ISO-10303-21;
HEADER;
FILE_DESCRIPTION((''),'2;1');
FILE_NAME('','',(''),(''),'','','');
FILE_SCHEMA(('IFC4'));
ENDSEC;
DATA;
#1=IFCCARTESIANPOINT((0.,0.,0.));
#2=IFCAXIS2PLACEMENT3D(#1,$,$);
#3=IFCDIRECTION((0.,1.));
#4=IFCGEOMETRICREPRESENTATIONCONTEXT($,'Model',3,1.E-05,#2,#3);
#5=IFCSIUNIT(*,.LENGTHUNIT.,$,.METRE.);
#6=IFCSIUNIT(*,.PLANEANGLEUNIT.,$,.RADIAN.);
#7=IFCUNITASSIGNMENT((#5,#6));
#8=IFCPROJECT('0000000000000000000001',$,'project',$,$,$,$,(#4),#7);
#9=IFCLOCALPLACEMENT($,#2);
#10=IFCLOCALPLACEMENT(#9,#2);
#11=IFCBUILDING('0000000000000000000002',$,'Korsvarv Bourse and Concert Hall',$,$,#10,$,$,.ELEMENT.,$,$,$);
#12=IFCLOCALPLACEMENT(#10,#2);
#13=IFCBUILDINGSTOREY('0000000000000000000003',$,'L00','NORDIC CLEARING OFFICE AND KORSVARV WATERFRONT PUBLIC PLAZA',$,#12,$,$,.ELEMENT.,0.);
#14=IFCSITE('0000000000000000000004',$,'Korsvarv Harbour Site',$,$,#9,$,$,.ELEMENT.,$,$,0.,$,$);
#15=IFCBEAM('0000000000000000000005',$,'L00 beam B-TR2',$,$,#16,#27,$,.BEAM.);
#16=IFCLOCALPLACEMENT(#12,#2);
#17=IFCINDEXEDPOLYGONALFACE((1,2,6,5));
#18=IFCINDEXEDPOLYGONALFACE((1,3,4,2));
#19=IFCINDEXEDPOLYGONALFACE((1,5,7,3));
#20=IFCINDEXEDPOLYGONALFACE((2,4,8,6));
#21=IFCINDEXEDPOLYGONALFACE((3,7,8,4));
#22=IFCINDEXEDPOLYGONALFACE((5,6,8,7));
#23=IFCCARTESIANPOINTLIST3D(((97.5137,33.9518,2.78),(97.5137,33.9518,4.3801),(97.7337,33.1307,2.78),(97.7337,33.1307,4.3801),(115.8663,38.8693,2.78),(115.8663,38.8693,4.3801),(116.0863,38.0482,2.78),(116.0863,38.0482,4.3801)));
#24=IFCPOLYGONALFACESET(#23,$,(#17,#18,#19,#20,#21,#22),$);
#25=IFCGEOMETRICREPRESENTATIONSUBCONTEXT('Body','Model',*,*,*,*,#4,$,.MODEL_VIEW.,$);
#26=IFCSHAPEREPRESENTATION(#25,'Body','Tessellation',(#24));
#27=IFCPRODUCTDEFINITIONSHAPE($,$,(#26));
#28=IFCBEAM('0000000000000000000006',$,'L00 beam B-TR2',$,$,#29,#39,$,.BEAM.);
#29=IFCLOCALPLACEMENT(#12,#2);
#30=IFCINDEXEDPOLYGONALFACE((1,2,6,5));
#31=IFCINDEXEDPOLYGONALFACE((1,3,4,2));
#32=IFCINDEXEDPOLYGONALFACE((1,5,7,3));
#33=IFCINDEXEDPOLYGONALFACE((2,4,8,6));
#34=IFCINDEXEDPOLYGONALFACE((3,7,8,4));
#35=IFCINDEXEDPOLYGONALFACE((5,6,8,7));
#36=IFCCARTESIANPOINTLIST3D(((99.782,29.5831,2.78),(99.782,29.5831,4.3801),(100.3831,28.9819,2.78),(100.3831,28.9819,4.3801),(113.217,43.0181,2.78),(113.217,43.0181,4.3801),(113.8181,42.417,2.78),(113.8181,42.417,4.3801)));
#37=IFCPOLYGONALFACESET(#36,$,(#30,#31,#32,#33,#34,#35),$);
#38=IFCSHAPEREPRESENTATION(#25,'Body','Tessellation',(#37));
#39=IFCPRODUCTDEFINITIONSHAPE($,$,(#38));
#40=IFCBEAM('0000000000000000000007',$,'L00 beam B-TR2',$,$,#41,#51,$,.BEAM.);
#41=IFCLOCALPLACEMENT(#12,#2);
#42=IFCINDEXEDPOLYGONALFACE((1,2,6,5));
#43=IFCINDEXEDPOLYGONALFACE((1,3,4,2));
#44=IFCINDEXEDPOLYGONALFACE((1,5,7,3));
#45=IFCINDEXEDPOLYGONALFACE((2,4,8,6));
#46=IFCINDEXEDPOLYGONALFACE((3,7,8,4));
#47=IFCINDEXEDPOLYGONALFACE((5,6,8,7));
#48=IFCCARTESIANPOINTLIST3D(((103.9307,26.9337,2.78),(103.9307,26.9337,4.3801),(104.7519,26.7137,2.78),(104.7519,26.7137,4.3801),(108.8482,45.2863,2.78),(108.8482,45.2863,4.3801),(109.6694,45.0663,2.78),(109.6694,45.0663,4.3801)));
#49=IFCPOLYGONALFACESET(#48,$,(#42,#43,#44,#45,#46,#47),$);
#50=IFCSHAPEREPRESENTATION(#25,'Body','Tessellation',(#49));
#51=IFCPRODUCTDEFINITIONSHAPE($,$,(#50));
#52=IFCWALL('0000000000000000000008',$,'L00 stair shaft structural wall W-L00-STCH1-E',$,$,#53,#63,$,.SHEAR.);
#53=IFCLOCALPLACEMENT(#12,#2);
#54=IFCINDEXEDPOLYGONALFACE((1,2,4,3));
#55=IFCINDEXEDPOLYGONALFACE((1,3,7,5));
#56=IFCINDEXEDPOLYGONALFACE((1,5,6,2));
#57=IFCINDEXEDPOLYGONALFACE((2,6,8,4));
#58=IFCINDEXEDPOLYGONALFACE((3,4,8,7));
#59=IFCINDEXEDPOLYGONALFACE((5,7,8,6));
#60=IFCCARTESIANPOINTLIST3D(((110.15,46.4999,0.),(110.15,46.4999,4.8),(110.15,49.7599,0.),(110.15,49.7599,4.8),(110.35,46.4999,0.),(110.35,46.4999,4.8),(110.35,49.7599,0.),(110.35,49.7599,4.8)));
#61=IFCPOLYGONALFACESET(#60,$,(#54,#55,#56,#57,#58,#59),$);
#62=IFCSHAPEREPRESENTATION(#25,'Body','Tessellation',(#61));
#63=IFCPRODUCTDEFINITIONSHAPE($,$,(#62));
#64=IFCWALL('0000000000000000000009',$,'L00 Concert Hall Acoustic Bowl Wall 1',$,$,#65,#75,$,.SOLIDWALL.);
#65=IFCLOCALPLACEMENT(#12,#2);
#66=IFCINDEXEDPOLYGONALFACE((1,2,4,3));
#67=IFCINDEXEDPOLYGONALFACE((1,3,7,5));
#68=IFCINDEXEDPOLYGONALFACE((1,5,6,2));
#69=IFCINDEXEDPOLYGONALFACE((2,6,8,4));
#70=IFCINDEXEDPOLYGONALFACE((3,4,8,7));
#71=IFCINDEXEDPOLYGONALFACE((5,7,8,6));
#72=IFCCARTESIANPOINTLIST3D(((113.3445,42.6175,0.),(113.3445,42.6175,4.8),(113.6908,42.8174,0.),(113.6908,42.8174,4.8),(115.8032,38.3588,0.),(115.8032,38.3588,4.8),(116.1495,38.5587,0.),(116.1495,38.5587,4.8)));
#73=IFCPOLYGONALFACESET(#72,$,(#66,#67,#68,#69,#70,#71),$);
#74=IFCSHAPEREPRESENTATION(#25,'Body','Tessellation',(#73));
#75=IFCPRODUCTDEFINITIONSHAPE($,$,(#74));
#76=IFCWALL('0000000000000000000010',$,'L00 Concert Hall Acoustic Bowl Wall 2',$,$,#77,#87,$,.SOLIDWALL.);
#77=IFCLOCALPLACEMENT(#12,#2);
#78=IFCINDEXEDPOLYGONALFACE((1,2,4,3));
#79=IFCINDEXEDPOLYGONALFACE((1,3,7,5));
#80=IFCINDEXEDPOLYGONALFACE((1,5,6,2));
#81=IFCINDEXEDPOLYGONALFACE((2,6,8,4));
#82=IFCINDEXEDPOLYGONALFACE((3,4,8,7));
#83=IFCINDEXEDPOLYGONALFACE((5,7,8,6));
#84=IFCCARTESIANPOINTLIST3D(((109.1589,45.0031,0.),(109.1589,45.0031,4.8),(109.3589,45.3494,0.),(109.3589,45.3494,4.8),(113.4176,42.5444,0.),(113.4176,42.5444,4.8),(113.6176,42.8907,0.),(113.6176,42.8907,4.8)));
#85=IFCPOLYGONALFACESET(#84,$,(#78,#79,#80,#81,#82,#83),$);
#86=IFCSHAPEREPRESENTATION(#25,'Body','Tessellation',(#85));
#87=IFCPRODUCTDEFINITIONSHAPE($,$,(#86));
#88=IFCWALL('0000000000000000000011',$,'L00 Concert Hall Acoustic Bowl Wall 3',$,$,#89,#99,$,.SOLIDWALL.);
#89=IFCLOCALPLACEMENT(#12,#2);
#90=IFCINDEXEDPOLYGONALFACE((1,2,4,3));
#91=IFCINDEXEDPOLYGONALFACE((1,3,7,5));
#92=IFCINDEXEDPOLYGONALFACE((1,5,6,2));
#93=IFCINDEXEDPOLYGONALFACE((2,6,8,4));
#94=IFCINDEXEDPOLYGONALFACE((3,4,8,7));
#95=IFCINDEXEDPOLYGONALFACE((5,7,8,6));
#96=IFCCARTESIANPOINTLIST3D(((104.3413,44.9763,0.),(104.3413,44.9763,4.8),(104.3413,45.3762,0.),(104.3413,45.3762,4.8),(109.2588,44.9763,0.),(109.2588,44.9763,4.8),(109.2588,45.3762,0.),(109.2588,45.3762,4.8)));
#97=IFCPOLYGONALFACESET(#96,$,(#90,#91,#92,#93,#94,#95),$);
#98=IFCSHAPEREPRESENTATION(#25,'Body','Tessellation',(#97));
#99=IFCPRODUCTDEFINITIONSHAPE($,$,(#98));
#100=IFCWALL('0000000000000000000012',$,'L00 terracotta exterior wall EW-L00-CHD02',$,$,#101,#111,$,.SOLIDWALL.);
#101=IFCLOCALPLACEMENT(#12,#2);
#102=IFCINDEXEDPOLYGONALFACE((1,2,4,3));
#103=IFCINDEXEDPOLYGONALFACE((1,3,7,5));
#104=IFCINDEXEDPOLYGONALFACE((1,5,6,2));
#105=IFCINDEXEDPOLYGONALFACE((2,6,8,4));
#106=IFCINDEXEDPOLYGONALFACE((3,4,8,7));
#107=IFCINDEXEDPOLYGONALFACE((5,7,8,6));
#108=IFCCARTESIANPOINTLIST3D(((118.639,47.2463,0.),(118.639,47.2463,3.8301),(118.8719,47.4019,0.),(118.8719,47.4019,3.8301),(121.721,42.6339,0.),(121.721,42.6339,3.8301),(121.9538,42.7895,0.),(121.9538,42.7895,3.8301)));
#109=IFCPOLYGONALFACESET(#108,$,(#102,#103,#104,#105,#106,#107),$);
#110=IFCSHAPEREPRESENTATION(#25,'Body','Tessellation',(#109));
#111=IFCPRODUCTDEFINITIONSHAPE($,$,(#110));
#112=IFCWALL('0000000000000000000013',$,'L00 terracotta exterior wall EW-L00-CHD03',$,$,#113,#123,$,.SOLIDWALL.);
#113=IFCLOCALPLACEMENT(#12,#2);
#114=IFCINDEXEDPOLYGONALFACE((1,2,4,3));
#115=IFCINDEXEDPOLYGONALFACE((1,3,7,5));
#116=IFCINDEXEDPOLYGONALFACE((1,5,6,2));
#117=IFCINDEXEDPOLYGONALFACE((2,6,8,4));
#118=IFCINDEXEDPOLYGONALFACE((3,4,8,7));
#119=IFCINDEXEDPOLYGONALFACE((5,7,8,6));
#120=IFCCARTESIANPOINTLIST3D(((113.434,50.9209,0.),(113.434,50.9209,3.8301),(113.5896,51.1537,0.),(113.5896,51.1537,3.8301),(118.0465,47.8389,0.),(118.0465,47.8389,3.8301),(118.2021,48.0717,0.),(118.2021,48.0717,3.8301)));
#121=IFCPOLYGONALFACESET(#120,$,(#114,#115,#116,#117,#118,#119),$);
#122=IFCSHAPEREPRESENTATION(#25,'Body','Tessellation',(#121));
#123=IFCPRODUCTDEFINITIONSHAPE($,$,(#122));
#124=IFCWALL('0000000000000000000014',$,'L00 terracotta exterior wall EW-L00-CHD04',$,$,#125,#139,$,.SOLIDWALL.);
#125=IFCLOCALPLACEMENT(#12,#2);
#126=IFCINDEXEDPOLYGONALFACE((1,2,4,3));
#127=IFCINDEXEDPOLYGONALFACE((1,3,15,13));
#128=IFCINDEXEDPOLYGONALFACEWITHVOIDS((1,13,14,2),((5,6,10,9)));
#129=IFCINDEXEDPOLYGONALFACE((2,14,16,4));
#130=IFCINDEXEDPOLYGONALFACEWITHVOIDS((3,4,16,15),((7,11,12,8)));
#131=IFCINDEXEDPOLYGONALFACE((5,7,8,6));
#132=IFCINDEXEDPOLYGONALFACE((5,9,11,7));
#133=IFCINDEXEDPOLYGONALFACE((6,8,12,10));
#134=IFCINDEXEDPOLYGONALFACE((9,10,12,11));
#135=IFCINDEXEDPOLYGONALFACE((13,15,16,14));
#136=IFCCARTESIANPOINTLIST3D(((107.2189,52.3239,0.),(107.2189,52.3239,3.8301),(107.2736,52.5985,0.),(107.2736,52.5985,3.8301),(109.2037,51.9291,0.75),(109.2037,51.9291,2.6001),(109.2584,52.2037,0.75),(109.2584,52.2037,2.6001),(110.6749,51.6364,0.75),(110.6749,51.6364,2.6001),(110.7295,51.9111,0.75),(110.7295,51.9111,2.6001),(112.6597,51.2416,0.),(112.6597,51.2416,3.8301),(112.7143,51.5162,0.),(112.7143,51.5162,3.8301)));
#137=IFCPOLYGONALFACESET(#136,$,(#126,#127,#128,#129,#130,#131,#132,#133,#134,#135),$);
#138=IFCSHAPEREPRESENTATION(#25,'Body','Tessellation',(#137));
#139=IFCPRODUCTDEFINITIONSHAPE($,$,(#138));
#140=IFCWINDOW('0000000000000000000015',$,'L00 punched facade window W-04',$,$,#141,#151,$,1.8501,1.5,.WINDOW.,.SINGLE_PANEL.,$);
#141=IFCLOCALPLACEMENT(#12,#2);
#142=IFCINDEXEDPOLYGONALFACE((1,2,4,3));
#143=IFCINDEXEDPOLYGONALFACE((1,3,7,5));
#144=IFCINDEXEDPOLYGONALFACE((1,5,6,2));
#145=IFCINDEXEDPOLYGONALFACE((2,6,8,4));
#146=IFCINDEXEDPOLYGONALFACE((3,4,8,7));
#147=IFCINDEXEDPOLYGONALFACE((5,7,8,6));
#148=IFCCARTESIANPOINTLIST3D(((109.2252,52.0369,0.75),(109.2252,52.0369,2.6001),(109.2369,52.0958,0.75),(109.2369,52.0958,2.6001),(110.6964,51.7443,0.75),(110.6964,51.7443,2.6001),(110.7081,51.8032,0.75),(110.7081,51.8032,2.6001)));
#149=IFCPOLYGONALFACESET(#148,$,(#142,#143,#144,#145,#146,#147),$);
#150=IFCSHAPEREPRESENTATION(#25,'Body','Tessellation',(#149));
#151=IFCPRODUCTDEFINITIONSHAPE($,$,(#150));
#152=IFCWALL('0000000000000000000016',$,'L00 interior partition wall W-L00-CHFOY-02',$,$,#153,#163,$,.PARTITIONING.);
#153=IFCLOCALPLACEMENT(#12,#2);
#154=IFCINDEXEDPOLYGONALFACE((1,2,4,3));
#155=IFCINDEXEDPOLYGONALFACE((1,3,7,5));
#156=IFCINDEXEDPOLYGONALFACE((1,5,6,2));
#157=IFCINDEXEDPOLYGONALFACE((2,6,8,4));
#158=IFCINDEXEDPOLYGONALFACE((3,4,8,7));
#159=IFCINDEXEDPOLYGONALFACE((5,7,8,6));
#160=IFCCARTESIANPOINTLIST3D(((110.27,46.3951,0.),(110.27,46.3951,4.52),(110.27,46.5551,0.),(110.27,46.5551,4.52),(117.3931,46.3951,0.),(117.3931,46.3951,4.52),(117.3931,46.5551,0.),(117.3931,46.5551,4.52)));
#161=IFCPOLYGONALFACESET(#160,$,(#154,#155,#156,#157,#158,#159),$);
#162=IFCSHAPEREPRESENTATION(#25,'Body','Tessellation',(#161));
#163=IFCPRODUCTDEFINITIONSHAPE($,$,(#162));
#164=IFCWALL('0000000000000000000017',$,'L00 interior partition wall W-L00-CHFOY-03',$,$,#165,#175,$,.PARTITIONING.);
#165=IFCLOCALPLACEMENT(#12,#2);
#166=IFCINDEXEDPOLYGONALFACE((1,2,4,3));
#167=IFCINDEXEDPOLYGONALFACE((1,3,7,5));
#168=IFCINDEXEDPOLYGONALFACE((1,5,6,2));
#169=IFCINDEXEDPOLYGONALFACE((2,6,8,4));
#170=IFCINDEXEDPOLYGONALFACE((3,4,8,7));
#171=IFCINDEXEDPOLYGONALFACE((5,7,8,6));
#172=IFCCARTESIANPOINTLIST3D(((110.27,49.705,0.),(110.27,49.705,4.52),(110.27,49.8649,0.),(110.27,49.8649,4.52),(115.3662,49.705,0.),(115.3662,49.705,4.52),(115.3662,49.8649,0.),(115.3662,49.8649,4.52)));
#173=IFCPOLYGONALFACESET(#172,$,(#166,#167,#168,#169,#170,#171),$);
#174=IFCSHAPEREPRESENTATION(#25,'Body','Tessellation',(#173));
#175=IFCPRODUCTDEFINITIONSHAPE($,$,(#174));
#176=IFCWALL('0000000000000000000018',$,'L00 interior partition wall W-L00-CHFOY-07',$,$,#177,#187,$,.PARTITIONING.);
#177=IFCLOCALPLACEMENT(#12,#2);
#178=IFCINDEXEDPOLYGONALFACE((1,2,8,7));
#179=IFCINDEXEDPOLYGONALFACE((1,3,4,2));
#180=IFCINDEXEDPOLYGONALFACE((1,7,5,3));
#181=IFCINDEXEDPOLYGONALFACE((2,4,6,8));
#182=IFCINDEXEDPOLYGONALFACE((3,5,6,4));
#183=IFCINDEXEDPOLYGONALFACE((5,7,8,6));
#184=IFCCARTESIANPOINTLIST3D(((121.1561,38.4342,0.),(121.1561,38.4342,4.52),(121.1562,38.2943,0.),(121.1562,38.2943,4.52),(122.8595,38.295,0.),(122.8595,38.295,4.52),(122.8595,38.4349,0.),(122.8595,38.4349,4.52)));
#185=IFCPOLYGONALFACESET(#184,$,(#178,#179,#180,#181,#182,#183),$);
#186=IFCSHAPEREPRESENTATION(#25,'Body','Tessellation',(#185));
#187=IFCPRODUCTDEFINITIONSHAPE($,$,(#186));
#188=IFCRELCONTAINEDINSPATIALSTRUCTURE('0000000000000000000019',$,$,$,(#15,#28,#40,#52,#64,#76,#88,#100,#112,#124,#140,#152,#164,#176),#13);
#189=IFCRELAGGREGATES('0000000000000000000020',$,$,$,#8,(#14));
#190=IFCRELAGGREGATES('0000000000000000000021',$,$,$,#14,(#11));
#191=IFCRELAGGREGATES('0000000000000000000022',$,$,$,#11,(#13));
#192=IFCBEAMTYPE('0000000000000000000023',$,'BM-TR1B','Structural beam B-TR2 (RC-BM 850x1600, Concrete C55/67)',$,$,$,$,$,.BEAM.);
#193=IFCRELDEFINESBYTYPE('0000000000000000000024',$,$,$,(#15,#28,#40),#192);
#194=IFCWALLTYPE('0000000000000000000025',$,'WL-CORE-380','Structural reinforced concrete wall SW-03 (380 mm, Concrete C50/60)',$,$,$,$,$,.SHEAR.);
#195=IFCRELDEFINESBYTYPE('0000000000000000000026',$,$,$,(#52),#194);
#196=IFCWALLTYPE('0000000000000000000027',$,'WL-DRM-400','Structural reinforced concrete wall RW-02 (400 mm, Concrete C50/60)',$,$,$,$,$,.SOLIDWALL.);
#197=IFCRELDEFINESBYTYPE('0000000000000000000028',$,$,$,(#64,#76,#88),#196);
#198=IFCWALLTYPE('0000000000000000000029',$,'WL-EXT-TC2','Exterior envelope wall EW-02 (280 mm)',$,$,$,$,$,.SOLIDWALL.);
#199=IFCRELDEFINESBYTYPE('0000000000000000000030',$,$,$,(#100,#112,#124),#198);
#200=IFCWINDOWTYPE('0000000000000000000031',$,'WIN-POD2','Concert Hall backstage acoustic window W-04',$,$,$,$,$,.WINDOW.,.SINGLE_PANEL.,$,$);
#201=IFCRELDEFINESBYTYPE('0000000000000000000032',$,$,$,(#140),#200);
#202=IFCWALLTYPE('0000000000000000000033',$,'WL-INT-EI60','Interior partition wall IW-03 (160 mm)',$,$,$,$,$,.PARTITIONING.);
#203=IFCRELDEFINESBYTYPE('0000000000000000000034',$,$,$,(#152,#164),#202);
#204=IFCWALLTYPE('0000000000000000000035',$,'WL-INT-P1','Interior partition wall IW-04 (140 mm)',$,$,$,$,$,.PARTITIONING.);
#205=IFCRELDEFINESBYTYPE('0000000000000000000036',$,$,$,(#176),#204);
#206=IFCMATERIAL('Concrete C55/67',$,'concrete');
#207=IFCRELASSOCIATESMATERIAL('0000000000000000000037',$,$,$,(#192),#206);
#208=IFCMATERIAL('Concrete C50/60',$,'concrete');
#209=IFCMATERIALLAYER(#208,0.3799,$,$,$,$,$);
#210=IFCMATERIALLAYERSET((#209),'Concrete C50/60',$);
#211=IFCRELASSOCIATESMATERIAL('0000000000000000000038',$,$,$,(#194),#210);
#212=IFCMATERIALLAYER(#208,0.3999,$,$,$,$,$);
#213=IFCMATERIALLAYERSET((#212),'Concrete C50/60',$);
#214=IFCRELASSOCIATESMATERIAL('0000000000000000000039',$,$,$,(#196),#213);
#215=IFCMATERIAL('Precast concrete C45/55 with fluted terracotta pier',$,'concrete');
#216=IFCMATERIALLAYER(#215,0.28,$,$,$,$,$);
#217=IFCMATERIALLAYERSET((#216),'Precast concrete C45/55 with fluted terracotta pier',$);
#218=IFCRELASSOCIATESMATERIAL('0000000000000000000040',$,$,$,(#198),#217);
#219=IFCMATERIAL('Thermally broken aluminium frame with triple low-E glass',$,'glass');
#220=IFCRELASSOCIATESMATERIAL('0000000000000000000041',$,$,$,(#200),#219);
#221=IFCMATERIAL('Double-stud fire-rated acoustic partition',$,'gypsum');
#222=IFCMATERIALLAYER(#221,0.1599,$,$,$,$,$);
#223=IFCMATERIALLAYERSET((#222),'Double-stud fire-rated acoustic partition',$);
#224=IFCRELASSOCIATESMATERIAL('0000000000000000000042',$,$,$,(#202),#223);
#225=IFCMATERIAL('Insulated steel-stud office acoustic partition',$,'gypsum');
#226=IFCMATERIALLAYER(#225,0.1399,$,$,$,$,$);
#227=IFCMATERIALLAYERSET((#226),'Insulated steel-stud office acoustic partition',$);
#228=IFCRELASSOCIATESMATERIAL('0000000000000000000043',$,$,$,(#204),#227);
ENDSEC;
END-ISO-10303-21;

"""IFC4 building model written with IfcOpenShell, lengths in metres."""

from ifc_helpers import new_model, si_unit, direction, frame, frame_2d, origin, origin_2d, place, context, subcontext, project, spatial, rectangle, extrude, source, transform, mapped, material, layer, layer_set, material_profile, profile_set, type_object, element, fill, save


model = new_model("IFC4")

# Units and contexts
model_context = context("Model", 3, precision=1e-05, world=origin(), true_north=direction((0.0, 1.0)))
body_context = subcontext(model_context, "Body", "Model", "MODEL_VIEW")
ifc_project = project(units=[si_unit("LENGTHUNIT", "METRE"), si_unit("PLANEANGLEUNIT", "RADIAN")], contexts=[model_context])

# Site, building, storey
site_placement = place(None, origin())
site = spatial("IfcSite", under=ifc_project, at=site_placement, Name="Korsvarv Harbour Site", CompositionType="ELEMENT", RefElevation=0.0)
building_placement = place(site_placement, origin())
building = spatial("IfcBuilding", under=site, at=building_placement, Name="Korsvarv Bourse and Concert Hall", CompositionType="ELEMENT")
storey_placement = place(building_placement, origin())
storey = spatial("IfcBuildingStorey", under=building, at=storey_placement, Name="L00", Description="NORDIC CLEARING OFFICE AND KORSVARV WATERFRONT PUBLIC PLAZA", CompositionType="ELEMENT", Elevation=0.0)

# Shared definitions
ifc_material_1 = material(Name="Concrete C50/60", Category="concrete")

# Beams
ifc_material_2 = material(Name="Concrete C55/67", Category="concrete")
ifc_material_profile_1 = material_profile(ifc_material_2, rectangle(XDim=0.8501, YDim=1.6001, at=origin_2d()), Name="RC-BM 850x1600")
ifc_profile_set_1 = profile_set([ifc_material_profile_1], Name="Concrete C55/67")
beam_type_1 = type_object("IfcBeamType", Name="BM-TR1B", Description="Structural beam B-TR2 (RC-BM 850x1600, Concrete C55/67)", PredefinedType="BEAM", material=ifc_profile_set_1)
shared_shape_1 = source(origin(), body_context, "Body", "SweptSolid", [
    extrude(rectangle(XDim=0.8501, YDim=1.6001, at=origin_2d()), origin(), (0.0, 0.0, 1.0), 19.0),
])
for number, where, z_axis, x_axis, name in (
    (1, (115.9763, 38.4587, 3.5801), (-0.965927, -0.258816, 0.0), (0.258816, -0.965927, 0.0), "L00 beam B-TR2"),
    (2, (113.5176, 42.7175, 3.5801), (-0.707107, -0.707107, 0.0), (0.707107, -0.707107, 0.0), "L00 beam B-TR2"),
    (3, (109.2588, 45.1763, 3.5801), (-0.258816, -0.965927, 0.0), (0.965927, -0.258816, 0.0), "L00 beam B-TR2"),
):
    element("IfcBeam", number, at=place(storey_placement, frame(where, z_axis=z_axis, x_axis=x_axis)), inside=storey, type_object=beam_type_1, Name=name, PredefinedType="BEAM", context=body_context, shape_type="MappedRepresentation", body=[
        mapped(shared_shape_1, transform((0.0, 0.0, 0.0), scale=1.0)),
    ])

# Walls
ifc_layer_1 = layer(ifc_material_1, 0.3799)
ifc_layer_set_1 = layer_set([ifc_layer_1], Name="Concrete C50/60")
wall_type_1 = type_object("IfcWallType", Name="WL-CORE-380", Description="Structural reinforced concrete wall SW-03 (380 mm, Concrete C50/60)", PredefinedType="SHEAR", material=ifc_layer_set_1)
wall_1_placement = place(storey_placement, frame((110.25, 46.5, 0.0), z_axis=(0.0, 0.0, 1.0), x_axis=(0.0, 1.0, 0.0)))
element("IfcWall", 4, at=wall_1_placement, inside=storey, type_object=wall_type_1, Name="L00 stair shaft structural wall W-L00-STCH1-E", PredefinedType="SHEAR", context=body_context, shape_type="SweptSolid", body=[
    extrude(rectangle(XDim=3.26, YDim=0.2, at=frame_2d((1.6299, 0.0))), origin(), (0.0, 0.0, 1.0), 4.8),
])
ifc_layer_2 = layer(ifc_material_1, 0.3999)
ifc_layer_set_2 = layer_set([ifc_layer_2], Name="Concrete C50/60")
wall_type_2 = type_object("IfcWallType", Name="WL-DRM-400", Description="Structural reinforced concrete wall RW-02 (400 mm, Concrete C50/60)", PredefinedType="SOLIDWALL", material=ifc_layer_set_2)
for number, where, z_axis, x_axis, name in (
    (5, (115.9763, 38.4587, 0.0), (0.0, 0.0, 1.0), (-0.499989, 0.866032, 0.0), "L00 Concert Hall Acoustic Bowl Wall 1"),
    (6, (113.5176, 42.7175, 0.0), (0.0, 0.0, 1.0), (-0.866032, 0.499989, 0.0), "L00 Concert Hall Acoustic Bowl Wall 2"),
    (7, (109.2588, 45.1763, 0.0), (0.0, 0.0, 1.0), (-1.0, 0.0, 0.0), "L00 Concert Hall Acoustic Bowl Wall 3"),
):
    element("IfcWall", number, at=place(storey_placement, frame(where, z_axis=z_axis, x_axis=x_axis)), inside=storey, type_object=wall_type_2, Name=name, PredefinedType="SOLIDWALL", context=body_context, shape_type="SweptSolid", body=[
        extrude(rectangle(XDim=4.9175, YDim=0.3999, at=frame_2d((2.4587, 0.0))), origin(), (0.0, 0.0, 1.0), 4.8),
    ])
ifc_material_3 = material(Name="Precast concrete C45/55 with fluted terracotta pier", Category="concrete")
ifc_layer_3 = layer(ifc_material_3, 0.28)
ifc_layer_set_3 = layer_set([ifc_layer_3], Name="Precast concrete C45/55 with fluted terracotta pier")
wall_type_3 = type_object("IfcWallType", Name="WL-EXT-TC2", Description="Exterior envelope wall EW-02 (280 mm)", PredefinedType="SOLIDWALL", material=ifc_layer_set_3)
for number, where, z_axis, x_axis, name in (
    (8, (121.8374, 42.7117, 0.0), (0.0, 0.0, 1.0), (-0.555573, 0.831468, 0.0), "L00 terracotta exterior wall EW-L00-CHD02"),
    (9, (118.1243, 47.9553, 0.0), (0.0, 0.0, 1.0), (-0.831468, 0.555573, 0.0), "L00 terracotta exterior wall EW-L00-CHD03"),
):
    element("IfcWall", number, at=place(storey_placement, frame(where, z_axis=z_axis, x_axis=x_axis)), inside=storey, type_object=wall_type_3, Name=name, PredefinedType="SOLIDWALL", context=body_context, shape_type="SweptSolid", body=[
        extrude(rectangle(XDim=5.5474, YDim=0.28, at=frame_2d((2.7737, 0.0))), origin(), (0.0, 0.0, 1.0), 3.8301),
    ])

# Wall, opening, window
wall_2_placement = place(storey_placement, frame((112.687, 51.3789, 0.0), z_axis=(0.0, 0.0, 1.0), x_axis=(-0.980783, 0.1951, 0.0)))
wall_2 = element("IfcWall", 10, at=wall_2_placement, inside=storey, type_object=wall_type_3, Name="L00 terracotta exterior wall EW-L00-CHD04", PredefinedType="SOLIDWALL", context=body_context, shape_type="SweptSolid", body=[
    extrude(rectangle(XDim=5.5474, YDim=0.28, at=frame_2d((2.7737, 0.0))), origin(), (0.0, 0.0, 1.0), 3.8301),
])
opening_placement = place(wall_2_placement, frame((2.0237, 0.0, 0.75)))
opening = element("IfcOpeningElement", 11, at=opening_placement, cuts=wall_2, PredefinedType="OPENING", context=body_context, shape_type="SweptSolid", body=[
    extrude(rectangle(XDim=1.5, YDim=1.8501, at=frame_2d((0.75, 0.925))), frame((0.0, 0.1499, 0.0), z_axis=(0.0, -1.0, 0.0), x_axis=(1.0, 0.0, 0.0)), (0.0, 0.0, 1.0), 0.3),
])
ifc_material_4 = material(Name="Thermally broken aluminium frame with triple low-E glass", Category="glass")
window_type = type_object("IfcWindowType", Name="WIN-POD2", Description="Concert Hall backstage acoustic window W-04", PartitioningType="SINGLE_PANEL", PredefinedType="WINDOW", material=ifc_material_4)
window_placement = place(opening_placement, origin())
window = element("IfcWindow", 12, at=window_placement, inside=storey, type_object=window_type, Name="L00 punched facade window W-04", OverallHeight=1.8501, OverallWidth=1.5, PartitioningType="SINGLE_PANEL", PredefinedType="WINDOW", context=body_context, shape_type="SweptSolid", body=[
    extrude(rectangle(XDim=1.5, YDim=1.8501, at=frame_2d((0.75, 0.925))), frame((0.0, 0.03, 0.0), z_axis=(0.0, -1.0, 0.0), x_axis=(1.0, 0.0, 0.0)), (0.0, 0.0, 1.0), 0.0601),
])
fill(opening, window)

# Walls
ifc_material_5 = material(Name="Double-stud fire-rated acoustic partition", Category="gypsum")
ifc_layer_4 = layer(ifc_material_5, 0.1599)
ifc_layer_set_4 = layer_set([ifc_layer_4], Name="Double-stud fire-rated acoustic partition")
wall_type_4 = type_object("IfcWallType", Name="WL-INT-EI60", Description="Interior partition wall IW-03 (160 mm)", PredefinedType="PARTITIONING", material=ifc_layer_set_4)
wall_3_placement = place(storey_placement, frame((110.27, 46.4751, 0.0), z_axis=(0.0, 0.0, 1.0), x_axis=(1.0, 0.0, 0.0)))
element("IfcWall", 13, at=wall_3_placement, inside=storey, type_object=wall_type_4, Name="L00 interior partition wall W-L00-CHFOY-02", PredefinedType="PARTITIONING", context=body_context, shape_type="SweptSolid", body=[
    extrude(rectangle(XDim=7.123, YDim=0.1599, at=frame_2d((3.5615, 0.0))), origin(), (0.0, 0.0, 1.0), 4.52),
])
wall_4_placement = place(storey_placement, frame((110.27, 49.7849, 0.0), z_axis=(0.0, 0.0, 1.0), x_axis=(1.0, 0.0, 0.0)))
element("IfcWall", 14, at=wall_4_placement, inside=storey, type_object=wall_type_4, Name="L00 interior partition wall W-L00-CHFOY-03", PredefinedType="PARTITIONING", context=body_context, shape_type="SweptSolid", body=[
    extrude(rectangle(XDim=5.0962, YDim=0.1599, at=frame_2d((2.5481, 0.0))), origin(), (0.0, 0.0, 1.0), 4.52),
])
ifc_material_6 = material(Name="Insulated steel-stud office acoustic partition", Category="gypsum")
ifc_layer_5 = layer(ifc_material_6, 0.1399)
ifc_layer_set_5 = layer_set([ifc_layer_5], Name="Insulated steel-stud office acoustic partition")
wall_type_5 = type_object("IfcWallType", Name="WL-INT-P1", Description="Interior partition wall IW-04 (140 mm)", PredefinedType="PARTITIONING", material=ifc_layer_set_5)
wall_5_placement = place(storey_placement, frame((121.1562, 38.3643, 0.0), z_axis=(0.0, 0.0, 1.0), x_axis=(1.0, 0.00043, 0.0)))
element("IfcWall", 15, at=wall_5_placement, inside=storey, type_object=wall_type_5, Name="L00 interior partition wall W-L00-CHFOY-07", PredefinedType="PARTITIONING", context=body_context, shape_type="SweptSolid", body=[
    extrude(rectangle(XDim=1.7034, YDim=0.1399, at=frame_2d((0.8516, 0.0))), origin(), (0.0, 0.0, 1.0), 4.52),
])

save(model, "model.ifc")
